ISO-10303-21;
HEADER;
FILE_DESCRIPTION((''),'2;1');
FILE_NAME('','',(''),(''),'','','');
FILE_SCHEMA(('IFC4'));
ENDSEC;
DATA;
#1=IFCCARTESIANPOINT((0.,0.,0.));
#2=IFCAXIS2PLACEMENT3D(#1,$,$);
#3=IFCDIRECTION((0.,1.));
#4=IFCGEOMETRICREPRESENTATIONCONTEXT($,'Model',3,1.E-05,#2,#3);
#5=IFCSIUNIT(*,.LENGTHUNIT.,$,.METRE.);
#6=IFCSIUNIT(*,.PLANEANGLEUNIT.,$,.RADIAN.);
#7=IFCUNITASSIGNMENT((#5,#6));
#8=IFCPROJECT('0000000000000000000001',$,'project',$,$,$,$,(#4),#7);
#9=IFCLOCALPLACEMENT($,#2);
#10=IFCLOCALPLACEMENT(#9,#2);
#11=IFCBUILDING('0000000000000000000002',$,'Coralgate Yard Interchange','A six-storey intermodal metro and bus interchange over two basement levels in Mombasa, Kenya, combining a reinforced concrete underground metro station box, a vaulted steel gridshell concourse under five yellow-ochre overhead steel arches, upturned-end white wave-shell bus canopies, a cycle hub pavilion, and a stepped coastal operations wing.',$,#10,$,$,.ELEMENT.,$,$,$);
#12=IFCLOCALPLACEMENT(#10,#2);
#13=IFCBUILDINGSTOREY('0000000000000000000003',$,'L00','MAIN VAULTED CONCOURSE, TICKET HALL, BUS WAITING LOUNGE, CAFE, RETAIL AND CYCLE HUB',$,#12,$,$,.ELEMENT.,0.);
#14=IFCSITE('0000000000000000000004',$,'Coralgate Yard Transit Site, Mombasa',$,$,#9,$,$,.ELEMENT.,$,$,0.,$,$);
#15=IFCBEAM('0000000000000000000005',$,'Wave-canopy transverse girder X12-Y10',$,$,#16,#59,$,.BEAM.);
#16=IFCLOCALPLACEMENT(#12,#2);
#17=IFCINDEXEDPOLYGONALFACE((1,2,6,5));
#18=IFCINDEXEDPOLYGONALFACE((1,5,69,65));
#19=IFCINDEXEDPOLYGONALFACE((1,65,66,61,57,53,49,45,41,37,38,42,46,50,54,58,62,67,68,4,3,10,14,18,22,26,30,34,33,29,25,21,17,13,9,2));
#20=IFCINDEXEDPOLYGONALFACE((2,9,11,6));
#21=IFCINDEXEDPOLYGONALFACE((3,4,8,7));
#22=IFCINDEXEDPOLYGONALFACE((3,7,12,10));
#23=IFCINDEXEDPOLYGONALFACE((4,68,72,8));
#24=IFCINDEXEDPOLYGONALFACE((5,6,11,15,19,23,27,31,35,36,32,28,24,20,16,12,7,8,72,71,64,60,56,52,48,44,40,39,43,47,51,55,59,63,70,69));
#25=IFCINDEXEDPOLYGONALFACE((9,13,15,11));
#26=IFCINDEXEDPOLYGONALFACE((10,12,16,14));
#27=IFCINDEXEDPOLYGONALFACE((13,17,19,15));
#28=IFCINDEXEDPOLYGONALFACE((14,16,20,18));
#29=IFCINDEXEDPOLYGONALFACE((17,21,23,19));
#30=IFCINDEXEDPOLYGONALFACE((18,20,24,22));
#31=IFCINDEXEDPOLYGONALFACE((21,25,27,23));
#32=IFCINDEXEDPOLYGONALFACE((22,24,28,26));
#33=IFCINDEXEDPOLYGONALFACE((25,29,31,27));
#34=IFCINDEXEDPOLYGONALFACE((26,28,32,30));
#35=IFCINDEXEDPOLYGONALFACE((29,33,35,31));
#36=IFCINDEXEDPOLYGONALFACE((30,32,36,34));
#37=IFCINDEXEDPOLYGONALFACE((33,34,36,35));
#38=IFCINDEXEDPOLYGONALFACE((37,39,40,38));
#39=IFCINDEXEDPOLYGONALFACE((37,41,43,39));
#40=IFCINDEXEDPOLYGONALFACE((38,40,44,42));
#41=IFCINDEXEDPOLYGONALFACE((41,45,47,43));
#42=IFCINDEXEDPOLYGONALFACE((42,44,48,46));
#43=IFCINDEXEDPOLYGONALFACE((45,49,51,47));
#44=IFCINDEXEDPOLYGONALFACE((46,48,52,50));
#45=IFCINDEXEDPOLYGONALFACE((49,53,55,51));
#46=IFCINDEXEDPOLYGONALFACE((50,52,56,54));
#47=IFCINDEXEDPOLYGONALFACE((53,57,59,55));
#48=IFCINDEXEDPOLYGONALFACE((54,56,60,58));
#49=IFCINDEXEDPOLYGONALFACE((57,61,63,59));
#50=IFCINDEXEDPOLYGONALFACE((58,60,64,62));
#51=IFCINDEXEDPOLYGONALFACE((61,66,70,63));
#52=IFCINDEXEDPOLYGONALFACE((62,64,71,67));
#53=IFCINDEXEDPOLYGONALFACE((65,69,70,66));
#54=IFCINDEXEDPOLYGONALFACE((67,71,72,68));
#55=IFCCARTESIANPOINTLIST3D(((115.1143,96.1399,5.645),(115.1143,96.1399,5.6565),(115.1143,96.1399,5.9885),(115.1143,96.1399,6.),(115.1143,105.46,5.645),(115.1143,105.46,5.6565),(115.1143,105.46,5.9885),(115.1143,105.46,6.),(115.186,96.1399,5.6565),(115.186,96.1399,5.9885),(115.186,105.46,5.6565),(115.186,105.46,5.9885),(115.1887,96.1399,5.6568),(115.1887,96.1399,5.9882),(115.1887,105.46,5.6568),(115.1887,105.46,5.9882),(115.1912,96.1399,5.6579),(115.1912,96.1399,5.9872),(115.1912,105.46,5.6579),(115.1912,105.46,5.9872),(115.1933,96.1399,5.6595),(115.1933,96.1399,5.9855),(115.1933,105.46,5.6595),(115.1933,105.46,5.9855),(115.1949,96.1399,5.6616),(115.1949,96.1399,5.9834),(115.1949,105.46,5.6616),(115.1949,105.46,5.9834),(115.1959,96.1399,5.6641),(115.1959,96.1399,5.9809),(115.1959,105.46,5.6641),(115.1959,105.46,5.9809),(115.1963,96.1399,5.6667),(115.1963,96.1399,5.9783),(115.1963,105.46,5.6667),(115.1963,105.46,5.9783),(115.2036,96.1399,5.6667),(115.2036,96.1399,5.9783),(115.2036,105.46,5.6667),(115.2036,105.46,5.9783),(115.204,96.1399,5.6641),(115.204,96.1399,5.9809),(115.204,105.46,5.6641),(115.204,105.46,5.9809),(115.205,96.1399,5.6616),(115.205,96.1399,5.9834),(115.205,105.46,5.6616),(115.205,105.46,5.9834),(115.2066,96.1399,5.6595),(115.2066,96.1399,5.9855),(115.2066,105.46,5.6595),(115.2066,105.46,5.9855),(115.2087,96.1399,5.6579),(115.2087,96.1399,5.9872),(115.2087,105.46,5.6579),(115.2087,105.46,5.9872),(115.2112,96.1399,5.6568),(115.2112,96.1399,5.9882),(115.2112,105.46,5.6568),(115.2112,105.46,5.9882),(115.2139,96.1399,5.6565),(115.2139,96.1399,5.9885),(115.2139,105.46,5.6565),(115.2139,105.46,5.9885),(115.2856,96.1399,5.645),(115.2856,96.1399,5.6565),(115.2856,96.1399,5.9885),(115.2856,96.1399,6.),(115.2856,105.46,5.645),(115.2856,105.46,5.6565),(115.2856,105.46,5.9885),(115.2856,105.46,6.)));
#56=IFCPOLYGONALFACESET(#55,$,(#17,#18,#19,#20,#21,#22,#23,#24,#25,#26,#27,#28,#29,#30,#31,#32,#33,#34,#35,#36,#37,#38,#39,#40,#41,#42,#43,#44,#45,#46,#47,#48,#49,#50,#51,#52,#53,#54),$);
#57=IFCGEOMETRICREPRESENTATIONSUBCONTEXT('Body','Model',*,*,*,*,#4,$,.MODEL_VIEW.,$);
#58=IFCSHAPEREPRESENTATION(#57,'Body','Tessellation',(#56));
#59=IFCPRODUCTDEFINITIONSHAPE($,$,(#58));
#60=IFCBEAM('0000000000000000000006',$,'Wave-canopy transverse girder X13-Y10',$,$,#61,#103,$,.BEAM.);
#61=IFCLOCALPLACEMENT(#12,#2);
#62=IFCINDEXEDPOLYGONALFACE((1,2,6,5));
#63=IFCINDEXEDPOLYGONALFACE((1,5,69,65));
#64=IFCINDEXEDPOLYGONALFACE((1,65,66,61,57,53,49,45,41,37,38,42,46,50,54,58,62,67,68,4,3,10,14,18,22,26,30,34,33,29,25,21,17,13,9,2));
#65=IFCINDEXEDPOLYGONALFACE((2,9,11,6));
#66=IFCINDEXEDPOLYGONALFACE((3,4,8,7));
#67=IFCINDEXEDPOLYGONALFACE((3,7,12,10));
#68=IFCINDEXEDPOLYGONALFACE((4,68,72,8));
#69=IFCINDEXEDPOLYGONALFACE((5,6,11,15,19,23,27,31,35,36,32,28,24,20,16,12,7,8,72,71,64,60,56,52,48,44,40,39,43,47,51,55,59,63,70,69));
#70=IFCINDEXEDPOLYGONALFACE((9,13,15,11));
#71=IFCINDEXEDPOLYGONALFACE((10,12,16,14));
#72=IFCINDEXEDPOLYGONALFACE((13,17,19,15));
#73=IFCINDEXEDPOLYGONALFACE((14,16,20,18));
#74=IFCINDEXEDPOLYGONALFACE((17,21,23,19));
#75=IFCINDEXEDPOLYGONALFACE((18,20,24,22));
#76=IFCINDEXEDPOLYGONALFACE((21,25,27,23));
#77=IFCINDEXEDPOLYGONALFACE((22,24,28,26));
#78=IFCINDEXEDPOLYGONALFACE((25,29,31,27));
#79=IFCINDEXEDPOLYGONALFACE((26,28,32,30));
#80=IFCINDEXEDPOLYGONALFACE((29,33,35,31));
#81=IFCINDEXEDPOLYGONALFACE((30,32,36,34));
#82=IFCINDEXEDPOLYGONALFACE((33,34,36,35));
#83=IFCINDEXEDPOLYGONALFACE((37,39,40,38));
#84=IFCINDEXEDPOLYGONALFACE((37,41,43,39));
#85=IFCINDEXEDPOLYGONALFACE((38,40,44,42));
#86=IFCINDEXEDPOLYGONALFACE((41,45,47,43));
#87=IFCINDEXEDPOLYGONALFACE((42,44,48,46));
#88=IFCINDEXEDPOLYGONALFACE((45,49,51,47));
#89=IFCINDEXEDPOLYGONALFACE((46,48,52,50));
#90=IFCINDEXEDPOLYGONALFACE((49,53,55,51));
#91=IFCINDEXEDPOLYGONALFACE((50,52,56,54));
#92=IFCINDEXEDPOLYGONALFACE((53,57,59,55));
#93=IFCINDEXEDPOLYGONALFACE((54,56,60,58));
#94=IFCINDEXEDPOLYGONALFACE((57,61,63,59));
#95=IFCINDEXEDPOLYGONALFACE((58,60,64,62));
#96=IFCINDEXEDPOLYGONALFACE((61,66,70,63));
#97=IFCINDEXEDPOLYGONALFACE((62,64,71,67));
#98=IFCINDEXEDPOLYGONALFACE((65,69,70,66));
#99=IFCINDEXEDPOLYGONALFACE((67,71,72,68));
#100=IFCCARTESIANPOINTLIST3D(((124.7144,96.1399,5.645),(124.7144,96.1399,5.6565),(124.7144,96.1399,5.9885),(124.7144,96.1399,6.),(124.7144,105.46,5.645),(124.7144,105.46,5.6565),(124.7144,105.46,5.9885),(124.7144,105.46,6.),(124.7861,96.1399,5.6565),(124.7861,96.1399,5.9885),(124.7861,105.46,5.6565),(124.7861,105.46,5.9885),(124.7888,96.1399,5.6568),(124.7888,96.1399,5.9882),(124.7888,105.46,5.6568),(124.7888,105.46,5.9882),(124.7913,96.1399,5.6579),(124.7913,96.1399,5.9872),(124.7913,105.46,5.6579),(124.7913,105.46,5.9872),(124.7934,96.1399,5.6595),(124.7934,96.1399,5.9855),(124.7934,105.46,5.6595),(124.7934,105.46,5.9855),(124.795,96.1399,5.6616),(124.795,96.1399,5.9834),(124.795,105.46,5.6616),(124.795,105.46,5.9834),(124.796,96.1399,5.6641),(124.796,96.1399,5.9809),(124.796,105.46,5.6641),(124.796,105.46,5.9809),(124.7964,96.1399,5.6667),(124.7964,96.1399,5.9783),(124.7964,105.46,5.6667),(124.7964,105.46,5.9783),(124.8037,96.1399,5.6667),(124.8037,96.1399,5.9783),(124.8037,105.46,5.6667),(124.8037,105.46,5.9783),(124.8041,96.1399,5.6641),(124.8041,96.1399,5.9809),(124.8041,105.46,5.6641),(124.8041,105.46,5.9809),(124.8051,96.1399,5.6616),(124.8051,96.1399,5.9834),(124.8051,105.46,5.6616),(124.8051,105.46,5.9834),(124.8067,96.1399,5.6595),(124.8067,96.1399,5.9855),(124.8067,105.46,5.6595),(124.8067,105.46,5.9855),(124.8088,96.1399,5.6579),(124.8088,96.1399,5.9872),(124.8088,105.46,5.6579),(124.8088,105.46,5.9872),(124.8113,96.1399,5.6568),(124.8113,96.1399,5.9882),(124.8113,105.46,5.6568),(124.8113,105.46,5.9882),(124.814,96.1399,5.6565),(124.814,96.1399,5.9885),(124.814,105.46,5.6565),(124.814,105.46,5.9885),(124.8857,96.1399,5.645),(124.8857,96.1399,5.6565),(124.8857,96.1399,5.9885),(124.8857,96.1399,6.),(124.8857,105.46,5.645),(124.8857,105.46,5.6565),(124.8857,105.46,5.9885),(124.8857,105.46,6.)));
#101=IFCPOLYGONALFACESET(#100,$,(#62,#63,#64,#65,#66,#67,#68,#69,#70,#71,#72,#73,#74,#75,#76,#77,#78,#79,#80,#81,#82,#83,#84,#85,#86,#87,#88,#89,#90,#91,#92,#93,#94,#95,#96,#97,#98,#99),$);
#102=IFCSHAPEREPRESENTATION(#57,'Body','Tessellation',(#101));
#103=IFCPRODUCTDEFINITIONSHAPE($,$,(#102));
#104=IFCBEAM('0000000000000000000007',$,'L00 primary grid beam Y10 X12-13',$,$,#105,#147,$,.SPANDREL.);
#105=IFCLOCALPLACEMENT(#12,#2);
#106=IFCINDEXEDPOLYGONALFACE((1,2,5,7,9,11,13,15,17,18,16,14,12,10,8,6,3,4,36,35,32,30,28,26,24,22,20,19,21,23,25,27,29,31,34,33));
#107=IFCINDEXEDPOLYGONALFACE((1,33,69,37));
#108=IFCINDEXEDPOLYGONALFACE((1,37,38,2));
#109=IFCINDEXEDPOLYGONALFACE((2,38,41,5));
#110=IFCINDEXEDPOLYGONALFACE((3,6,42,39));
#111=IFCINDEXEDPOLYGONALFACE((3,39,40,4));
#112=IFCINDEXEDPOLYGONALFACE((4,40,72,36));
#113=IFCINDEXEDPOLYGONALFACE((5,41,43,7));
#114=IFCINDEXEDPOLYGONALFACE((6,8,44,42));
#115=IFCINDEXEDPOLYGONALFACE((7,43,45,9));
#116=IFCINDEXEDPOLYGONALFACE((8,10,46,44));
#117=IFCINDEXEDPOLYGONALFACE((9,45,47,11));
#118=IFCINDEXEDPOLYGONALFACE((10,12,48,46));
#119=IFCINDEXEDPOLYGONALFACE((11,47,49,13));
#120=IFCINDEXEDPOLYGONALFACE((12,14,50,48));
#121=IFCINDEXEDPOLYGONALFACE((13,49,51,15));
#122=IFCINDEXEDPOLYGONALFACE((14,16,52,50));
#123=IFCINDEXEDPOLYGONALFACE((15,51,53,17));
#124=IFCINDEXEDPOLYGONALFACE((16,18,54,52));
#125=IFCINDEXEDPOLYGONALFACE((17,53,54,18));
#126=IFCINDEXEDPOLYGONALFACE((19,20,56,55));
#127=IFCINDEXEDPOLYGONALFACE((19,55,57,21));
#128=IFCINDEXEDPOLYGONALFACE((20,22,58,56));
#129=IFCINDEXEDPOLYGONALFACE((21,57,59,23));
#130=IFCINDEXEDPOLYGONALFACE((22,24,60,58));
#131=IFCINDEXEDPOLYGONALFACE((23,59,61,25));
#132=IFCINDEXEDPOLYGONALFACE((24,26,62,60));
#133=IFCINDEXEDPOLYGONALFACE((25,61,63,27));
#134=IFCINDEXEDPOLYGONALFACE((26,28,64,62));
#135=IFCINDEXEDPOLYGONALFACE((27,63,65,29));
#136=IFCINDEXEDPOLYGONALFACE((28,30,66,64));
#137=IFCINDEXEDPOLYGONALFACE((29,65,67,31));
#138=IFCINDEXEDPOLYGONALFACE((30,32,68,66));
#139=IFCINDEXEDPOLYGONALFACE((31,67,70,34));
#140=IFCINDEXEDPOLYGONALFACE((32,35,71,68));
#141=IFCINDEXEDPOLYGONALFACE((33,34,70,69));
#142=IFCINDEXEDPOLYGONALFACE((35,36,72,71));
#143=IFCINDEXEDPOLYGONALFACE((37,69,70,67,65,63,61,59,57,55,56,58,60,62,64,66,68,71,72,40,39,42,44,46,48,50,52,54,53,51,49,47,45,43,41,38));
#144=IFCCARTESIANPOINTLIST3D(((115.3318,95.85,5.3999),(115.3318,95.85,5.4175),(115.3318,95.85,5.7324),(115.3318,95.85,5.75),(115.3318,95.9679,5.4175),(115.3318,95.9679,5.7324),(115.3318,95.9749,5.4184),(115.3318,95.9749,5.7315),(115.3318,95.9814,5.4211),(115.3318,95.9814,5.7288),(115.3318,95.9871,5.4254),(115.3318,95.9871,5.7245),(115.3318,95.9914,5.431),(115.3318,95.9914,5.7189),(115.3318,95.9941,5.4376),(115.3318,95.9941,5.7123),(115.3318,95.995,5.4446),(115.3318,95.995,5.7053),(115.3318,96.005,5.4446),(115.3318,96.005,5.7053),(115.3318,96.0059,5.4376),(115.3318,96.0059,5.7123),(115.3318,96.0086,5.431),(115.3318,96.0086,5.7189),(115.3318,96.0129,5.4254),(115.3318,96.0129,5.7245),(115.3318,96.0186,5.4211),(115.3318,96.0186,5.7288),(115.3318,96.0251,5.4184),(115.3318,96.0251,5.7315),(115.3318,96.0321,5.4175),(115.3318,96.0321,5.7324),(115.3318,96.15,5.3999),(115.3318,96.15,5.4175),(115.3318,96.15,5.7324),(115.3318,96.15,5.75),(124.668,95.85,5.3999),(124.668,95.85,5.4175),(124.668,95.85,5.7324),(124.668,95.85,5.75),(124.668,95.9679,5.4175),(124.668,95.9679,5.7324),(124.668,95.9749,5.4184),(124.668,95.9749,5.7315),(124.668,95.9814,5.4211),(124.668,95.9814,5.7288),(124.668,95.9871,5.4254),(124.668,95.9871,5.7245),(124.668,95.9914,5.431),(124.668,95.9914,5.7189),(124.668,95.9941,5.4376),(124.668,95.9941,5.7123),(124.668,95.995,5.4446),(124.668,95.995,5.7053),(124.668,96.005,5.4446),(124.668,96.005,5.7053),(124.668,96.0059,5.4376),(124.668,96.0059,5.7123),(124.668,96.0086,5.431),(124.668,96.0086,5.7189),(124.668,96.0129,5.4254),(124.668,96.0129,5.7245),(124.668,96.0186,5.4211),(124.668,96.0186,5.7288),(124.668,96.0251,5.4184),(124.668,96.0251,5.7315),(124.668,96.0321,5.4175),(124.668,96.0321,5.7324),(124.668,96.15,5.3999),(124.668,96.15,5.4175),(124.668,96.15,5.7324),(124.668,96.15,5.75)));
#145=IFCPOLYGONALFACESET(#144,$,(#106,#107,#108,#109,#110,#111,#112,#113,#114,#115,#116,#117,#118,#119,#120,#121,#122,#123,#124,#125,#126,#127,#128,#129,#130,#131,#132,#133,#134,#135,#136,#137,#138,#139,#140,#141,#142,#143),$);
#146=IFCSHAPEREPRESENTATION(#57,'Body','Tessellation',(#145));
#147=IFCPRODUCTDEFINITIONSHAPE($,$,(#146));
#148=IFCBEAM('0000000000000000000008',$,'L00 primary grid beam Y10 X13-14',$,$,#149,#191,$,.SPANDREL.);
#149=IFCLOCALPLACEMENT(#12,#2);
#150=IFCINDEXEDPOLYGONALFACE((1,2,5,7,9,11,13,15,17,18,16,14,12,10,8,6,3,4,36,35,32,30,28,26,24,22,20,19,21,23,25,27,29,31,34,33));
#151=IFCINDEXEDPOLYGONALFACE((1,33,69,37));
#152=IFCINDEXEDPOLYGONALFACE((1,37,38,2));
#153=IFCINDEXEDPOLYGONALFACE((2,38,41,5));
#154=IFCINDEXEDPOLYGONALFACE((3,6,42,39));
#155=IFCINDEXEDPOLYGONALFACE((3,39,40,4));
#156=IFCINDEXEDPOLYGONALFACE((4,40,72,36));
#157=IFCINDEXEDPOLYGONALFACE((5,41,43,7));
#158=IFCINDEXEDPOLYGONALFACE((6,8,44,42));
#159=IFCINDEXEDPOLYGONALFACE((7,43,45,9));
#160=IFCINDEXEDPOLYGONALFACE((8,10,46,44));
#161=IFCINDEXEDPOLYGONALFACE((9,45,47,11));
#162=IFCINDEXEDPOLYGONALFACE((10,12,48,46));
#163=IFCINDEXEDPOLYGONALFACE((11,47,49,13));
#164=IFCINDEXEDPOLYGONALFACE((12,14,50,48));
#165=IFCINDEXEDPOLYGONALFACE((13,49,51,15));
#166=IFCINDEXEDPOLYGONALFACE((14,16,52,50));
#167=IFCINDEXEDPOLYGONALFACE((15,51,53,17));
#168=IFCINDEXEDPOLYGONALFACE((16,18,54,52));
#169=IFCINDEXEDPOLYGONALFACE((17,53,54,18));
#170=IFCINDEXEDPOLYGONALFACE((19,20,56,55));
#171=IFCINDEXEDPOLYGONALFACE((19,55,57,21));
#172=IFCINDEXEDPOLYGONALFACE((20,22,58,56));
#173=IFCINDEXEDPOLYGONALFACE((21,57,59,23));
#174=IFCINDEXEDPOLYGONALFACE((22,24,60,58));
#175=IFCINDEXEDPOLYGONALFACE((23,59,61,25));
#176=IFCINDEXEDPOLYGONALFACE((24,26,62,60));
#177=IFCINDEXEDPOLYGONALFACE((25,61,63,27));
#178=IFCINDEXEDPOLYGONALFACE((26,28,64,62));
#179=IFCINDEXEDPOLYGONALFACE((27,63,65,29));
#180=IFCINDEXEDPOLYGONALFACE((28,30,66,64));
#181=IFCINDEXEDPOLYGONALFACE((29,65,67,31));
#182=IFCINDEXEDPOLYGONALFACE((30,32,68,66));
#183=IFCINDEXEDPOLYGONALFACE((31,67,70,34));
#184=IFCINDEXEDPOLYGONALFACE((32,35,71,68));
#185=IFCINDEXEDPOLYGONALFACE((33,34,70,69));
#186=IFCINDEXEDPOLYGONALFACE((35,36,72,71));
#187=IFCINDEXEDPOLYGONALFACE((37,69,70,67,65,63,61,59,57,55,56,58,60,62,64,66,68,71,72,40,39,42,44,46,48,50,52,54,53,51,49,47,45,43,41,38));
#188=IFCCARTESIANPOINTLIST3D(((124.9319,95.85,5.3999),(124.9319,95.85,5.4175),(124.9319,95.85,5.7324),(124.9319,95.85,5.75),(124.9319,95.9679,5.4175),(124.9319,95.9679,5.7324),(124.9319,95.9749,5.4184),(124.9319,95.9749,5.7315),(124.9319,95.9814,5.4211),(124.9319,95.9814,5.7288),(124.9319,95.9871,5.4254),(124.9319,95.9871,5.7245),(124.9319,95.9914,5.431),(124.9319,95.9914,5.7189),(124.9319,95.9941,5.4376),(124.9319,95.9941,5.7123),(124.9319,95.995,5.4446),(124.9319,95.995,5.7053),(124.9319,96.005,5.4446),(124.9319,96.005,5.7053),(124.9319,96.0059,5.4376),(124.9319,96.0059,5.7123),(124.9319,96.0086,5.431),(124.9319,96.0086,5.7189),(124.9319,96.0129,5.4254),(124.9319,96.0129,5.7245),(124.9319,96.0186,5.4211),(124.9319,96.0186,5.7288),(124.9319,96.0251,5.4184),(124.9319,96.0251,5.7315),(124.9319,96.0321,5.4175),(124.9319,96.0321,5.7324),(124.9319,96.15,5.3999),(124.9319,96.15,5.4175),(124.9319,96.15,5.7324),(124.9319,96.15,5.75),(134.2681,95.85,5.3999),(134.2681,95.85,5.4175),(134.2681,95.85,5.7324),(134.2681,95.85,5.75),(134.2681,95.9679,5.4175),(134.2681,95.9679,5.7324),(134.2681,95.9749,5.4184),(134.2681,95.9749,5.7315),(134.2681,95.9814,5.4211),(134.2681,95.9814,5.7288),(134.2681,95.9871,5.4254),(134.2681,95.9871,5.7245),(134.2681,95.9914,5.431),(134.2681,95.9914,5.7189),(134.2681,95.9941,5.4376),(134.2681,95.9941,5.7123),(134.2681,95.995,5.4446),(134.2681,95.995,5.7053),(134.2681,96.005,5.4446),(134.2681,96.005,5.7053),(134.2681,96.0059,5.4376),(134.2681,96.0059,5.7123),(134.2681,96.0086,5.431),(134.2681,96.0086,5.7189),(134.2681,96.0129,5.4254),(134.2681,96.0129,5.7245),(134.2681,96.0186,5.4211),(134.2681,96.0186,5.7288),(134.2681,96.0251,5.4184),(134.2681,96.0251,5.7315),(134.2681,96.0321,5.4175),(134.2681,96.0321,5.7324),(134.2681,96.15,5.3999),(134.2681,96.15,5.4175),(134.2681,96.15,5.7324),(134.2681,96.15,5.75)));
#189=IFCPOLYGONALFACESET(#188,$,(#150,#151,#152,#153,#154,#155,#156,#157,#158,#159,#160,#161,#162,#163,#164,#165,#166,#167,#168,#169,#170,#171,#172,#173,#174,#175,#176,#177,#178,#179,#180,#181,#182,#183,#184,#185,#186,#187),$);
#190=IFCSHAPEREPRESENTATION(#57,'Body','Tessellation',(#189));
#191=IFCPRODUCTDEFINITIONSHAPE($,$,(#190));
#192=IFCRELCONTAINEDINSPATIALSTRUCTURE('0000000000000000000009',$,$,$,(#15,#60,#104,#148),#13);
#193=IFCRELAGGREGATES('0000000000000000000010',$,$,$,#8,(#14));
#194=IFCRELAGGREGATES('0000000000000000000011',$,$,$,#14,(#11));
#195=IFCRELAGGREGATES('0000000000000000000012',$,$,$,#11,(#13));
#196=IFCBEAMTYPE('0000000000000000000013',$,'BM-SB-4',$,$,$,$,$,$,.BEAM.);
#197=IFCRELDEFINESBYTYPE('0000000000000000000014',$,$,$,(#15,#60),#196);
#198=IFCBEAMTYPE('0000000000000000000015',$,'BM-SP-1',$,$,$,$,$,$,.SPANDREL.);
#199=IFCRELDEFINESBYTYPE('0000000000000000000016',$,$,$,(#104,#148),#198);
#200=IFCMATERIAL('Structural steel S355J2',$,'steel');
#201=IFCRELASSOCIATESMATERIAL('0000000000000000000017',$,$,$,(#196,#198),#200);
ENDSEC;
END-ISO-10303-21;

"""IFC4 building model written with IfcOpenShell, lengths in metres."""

from ifc_helpers import new_model, si_unit, direction, frame, origin, origin_2d, place, context, subcontext, project, spatial, i_section, extrude, material, material_profile, profile_set, type_object, element, save


model = new_model("IFC4")

# Units and contexts
model_context = context("Model", 3, precision=1e-05, world=origin(), true_north=direction((0.0, 1.0)))
body_context = subcontext(model_context, "Body", "Model", "MODEL_VIEW")
ifc_project = project(units=[si_unit("LENGTHUNIT", "METRE"), si_unit("PLANEANGLEUNIT", "RADIAN")], contexts=[model_context])

# Site, building, storey
site_placement = place(None, origin())
site = spatial("IfcSite", under=ifc_project, at=site_placement, Name="Coralgate Yard Transit Site, Mombasa", CompositionType="ELEMENT", RefElevation=0.0)
building_placement = place(site_placement, origin())
building = spatial("IfcBuilding", under=site, at=building_placement, Name="Coralgate Yard Interchange", Description="A six-storey intermodal metro and bus interchange over two basement levels in Mombasa, Kenya, combining a reinforced concrete underground metro station box, a vaulted steel gridshell concourse under five yellow-ochre overhead steel arches, upturned-end white wave-shell bus canopies, a cycle hub pavilion, and a stepped coastal operations wing.", CompositionType="ELEMENT")
storey_placement = place(building_placement, origin())
storey = spatial("IfcBuildingStorey", under=building, at=storey_placement, Name="L00", Description="MAIN VAULTED CONCOURSE, TICKET HALL, BUS WAITING LOUNGE, CAFE, RETAIL AND CYCLE HUB", CompositionType="ELEMENT", Elevation=0.0)

# Shared definitions
ifc_material_1 = material(Name="Structural steel S355J2", Category="steel")

# Beams
ifc_material_profile_1 = material_profile(ifc_material_1, i_section(OverallWidth=0.1714, OverallDepth=0.355, WebThickness=0.0073, FlangeThickness=0.0115, FilletRadius=0.0103, at=origin_2d()), Name="UB 356x171x51")
ifc_profile_set_1 = profile_set([ifc_material_profile_1], Name="Structural steel S355J2")
beam_type_1 = type_object("IfcBeamType", Name="BM-SB-4", PredefinedType="BEAM", material=ifc_profile_set_1)
for number, where, z_axis, x_axis, name in (
    (1, (115.2, 96.1399, 5.8225), (0.0, 1.0, 0.0), (-1.0, 0.0, 0.0), "Wave-canopy transverse girder X12-Y10"),
    (2, (124.8, 96.1399, 5.8225), (0.0, 1.0, 0.0), (-1.0, 0.0, 0.0), "Wave-canopy transverse girder X13-Y10"),
):
    element("IfcBeam", number, at=place(storey_placement, frame(where, z_axis=z_axis, x_axis=x_axis)), inside=storey, type_object=beam_type_1, Name=name, PredefinedType="BEAM", context=body_context, shape_type="SweptSolid", body=[
        extrude(i_section(OverallWidth=0.1714, OverallDepth=0.355, WebThickness=0.0073, FlangeThickness=0.0115, FilletRadius=0.0103, at=origin_2d()), origin(), (0.0, 0.0, 1.0), 9.3201),
    ])
ifc_material_profile_2 = material_profile(ifc_material_1, i_section(OverallWidth=0.3, OverallDepth=0.3501, WebThickness=0.01, FlangeThickness=0.0176, FilletRadius=0.0271, at=origin_2d()), Name="HEA 360")
ifc_profile_set_2 = profile_set([ifc_material_profile_2], Name="Structural steel S355J2")
beam_type_2 = type_object("IfcBeamType", Name="BM-SP-1", PredefinedType="SPANDREL", material=ifc_profile_set_2)
for number, where, z_axis, x_axis, name in (
    (3, (115.3318, 96.0, 5.575), (1.0, 0.0, 0.0), (0.0, 1.0, 0.0), "L00 primary grid beam Y10 X12-13"),
    (4, (124.9319, 96.0, 5.575), (1.0, 0.0, 0.0), (0.0, 1.0, 0.0), "L00 primary grid beam Y10 X13-14"),
):
    element("IfcBeam", number, at=place(storey_placement, frame(where, z_axis=z_axis, x_axis=x_axis)), inside=storey, type_object=beam_type_2, Name=name, PredefinedType="SPANDREL", context=body_context, shape_type="SweptSolid", body=[
        extrude(i_section(OverallWidth=0.3, OverallDepth=0.3501, WebThickness=0.01, FlangeThickness=0.0176, FilletRadius=0.0271, at=origin_2d()), origin(), (0.0, 0.0, 1.0), 9.3362),
    ])

save(model, "model.ifc")
